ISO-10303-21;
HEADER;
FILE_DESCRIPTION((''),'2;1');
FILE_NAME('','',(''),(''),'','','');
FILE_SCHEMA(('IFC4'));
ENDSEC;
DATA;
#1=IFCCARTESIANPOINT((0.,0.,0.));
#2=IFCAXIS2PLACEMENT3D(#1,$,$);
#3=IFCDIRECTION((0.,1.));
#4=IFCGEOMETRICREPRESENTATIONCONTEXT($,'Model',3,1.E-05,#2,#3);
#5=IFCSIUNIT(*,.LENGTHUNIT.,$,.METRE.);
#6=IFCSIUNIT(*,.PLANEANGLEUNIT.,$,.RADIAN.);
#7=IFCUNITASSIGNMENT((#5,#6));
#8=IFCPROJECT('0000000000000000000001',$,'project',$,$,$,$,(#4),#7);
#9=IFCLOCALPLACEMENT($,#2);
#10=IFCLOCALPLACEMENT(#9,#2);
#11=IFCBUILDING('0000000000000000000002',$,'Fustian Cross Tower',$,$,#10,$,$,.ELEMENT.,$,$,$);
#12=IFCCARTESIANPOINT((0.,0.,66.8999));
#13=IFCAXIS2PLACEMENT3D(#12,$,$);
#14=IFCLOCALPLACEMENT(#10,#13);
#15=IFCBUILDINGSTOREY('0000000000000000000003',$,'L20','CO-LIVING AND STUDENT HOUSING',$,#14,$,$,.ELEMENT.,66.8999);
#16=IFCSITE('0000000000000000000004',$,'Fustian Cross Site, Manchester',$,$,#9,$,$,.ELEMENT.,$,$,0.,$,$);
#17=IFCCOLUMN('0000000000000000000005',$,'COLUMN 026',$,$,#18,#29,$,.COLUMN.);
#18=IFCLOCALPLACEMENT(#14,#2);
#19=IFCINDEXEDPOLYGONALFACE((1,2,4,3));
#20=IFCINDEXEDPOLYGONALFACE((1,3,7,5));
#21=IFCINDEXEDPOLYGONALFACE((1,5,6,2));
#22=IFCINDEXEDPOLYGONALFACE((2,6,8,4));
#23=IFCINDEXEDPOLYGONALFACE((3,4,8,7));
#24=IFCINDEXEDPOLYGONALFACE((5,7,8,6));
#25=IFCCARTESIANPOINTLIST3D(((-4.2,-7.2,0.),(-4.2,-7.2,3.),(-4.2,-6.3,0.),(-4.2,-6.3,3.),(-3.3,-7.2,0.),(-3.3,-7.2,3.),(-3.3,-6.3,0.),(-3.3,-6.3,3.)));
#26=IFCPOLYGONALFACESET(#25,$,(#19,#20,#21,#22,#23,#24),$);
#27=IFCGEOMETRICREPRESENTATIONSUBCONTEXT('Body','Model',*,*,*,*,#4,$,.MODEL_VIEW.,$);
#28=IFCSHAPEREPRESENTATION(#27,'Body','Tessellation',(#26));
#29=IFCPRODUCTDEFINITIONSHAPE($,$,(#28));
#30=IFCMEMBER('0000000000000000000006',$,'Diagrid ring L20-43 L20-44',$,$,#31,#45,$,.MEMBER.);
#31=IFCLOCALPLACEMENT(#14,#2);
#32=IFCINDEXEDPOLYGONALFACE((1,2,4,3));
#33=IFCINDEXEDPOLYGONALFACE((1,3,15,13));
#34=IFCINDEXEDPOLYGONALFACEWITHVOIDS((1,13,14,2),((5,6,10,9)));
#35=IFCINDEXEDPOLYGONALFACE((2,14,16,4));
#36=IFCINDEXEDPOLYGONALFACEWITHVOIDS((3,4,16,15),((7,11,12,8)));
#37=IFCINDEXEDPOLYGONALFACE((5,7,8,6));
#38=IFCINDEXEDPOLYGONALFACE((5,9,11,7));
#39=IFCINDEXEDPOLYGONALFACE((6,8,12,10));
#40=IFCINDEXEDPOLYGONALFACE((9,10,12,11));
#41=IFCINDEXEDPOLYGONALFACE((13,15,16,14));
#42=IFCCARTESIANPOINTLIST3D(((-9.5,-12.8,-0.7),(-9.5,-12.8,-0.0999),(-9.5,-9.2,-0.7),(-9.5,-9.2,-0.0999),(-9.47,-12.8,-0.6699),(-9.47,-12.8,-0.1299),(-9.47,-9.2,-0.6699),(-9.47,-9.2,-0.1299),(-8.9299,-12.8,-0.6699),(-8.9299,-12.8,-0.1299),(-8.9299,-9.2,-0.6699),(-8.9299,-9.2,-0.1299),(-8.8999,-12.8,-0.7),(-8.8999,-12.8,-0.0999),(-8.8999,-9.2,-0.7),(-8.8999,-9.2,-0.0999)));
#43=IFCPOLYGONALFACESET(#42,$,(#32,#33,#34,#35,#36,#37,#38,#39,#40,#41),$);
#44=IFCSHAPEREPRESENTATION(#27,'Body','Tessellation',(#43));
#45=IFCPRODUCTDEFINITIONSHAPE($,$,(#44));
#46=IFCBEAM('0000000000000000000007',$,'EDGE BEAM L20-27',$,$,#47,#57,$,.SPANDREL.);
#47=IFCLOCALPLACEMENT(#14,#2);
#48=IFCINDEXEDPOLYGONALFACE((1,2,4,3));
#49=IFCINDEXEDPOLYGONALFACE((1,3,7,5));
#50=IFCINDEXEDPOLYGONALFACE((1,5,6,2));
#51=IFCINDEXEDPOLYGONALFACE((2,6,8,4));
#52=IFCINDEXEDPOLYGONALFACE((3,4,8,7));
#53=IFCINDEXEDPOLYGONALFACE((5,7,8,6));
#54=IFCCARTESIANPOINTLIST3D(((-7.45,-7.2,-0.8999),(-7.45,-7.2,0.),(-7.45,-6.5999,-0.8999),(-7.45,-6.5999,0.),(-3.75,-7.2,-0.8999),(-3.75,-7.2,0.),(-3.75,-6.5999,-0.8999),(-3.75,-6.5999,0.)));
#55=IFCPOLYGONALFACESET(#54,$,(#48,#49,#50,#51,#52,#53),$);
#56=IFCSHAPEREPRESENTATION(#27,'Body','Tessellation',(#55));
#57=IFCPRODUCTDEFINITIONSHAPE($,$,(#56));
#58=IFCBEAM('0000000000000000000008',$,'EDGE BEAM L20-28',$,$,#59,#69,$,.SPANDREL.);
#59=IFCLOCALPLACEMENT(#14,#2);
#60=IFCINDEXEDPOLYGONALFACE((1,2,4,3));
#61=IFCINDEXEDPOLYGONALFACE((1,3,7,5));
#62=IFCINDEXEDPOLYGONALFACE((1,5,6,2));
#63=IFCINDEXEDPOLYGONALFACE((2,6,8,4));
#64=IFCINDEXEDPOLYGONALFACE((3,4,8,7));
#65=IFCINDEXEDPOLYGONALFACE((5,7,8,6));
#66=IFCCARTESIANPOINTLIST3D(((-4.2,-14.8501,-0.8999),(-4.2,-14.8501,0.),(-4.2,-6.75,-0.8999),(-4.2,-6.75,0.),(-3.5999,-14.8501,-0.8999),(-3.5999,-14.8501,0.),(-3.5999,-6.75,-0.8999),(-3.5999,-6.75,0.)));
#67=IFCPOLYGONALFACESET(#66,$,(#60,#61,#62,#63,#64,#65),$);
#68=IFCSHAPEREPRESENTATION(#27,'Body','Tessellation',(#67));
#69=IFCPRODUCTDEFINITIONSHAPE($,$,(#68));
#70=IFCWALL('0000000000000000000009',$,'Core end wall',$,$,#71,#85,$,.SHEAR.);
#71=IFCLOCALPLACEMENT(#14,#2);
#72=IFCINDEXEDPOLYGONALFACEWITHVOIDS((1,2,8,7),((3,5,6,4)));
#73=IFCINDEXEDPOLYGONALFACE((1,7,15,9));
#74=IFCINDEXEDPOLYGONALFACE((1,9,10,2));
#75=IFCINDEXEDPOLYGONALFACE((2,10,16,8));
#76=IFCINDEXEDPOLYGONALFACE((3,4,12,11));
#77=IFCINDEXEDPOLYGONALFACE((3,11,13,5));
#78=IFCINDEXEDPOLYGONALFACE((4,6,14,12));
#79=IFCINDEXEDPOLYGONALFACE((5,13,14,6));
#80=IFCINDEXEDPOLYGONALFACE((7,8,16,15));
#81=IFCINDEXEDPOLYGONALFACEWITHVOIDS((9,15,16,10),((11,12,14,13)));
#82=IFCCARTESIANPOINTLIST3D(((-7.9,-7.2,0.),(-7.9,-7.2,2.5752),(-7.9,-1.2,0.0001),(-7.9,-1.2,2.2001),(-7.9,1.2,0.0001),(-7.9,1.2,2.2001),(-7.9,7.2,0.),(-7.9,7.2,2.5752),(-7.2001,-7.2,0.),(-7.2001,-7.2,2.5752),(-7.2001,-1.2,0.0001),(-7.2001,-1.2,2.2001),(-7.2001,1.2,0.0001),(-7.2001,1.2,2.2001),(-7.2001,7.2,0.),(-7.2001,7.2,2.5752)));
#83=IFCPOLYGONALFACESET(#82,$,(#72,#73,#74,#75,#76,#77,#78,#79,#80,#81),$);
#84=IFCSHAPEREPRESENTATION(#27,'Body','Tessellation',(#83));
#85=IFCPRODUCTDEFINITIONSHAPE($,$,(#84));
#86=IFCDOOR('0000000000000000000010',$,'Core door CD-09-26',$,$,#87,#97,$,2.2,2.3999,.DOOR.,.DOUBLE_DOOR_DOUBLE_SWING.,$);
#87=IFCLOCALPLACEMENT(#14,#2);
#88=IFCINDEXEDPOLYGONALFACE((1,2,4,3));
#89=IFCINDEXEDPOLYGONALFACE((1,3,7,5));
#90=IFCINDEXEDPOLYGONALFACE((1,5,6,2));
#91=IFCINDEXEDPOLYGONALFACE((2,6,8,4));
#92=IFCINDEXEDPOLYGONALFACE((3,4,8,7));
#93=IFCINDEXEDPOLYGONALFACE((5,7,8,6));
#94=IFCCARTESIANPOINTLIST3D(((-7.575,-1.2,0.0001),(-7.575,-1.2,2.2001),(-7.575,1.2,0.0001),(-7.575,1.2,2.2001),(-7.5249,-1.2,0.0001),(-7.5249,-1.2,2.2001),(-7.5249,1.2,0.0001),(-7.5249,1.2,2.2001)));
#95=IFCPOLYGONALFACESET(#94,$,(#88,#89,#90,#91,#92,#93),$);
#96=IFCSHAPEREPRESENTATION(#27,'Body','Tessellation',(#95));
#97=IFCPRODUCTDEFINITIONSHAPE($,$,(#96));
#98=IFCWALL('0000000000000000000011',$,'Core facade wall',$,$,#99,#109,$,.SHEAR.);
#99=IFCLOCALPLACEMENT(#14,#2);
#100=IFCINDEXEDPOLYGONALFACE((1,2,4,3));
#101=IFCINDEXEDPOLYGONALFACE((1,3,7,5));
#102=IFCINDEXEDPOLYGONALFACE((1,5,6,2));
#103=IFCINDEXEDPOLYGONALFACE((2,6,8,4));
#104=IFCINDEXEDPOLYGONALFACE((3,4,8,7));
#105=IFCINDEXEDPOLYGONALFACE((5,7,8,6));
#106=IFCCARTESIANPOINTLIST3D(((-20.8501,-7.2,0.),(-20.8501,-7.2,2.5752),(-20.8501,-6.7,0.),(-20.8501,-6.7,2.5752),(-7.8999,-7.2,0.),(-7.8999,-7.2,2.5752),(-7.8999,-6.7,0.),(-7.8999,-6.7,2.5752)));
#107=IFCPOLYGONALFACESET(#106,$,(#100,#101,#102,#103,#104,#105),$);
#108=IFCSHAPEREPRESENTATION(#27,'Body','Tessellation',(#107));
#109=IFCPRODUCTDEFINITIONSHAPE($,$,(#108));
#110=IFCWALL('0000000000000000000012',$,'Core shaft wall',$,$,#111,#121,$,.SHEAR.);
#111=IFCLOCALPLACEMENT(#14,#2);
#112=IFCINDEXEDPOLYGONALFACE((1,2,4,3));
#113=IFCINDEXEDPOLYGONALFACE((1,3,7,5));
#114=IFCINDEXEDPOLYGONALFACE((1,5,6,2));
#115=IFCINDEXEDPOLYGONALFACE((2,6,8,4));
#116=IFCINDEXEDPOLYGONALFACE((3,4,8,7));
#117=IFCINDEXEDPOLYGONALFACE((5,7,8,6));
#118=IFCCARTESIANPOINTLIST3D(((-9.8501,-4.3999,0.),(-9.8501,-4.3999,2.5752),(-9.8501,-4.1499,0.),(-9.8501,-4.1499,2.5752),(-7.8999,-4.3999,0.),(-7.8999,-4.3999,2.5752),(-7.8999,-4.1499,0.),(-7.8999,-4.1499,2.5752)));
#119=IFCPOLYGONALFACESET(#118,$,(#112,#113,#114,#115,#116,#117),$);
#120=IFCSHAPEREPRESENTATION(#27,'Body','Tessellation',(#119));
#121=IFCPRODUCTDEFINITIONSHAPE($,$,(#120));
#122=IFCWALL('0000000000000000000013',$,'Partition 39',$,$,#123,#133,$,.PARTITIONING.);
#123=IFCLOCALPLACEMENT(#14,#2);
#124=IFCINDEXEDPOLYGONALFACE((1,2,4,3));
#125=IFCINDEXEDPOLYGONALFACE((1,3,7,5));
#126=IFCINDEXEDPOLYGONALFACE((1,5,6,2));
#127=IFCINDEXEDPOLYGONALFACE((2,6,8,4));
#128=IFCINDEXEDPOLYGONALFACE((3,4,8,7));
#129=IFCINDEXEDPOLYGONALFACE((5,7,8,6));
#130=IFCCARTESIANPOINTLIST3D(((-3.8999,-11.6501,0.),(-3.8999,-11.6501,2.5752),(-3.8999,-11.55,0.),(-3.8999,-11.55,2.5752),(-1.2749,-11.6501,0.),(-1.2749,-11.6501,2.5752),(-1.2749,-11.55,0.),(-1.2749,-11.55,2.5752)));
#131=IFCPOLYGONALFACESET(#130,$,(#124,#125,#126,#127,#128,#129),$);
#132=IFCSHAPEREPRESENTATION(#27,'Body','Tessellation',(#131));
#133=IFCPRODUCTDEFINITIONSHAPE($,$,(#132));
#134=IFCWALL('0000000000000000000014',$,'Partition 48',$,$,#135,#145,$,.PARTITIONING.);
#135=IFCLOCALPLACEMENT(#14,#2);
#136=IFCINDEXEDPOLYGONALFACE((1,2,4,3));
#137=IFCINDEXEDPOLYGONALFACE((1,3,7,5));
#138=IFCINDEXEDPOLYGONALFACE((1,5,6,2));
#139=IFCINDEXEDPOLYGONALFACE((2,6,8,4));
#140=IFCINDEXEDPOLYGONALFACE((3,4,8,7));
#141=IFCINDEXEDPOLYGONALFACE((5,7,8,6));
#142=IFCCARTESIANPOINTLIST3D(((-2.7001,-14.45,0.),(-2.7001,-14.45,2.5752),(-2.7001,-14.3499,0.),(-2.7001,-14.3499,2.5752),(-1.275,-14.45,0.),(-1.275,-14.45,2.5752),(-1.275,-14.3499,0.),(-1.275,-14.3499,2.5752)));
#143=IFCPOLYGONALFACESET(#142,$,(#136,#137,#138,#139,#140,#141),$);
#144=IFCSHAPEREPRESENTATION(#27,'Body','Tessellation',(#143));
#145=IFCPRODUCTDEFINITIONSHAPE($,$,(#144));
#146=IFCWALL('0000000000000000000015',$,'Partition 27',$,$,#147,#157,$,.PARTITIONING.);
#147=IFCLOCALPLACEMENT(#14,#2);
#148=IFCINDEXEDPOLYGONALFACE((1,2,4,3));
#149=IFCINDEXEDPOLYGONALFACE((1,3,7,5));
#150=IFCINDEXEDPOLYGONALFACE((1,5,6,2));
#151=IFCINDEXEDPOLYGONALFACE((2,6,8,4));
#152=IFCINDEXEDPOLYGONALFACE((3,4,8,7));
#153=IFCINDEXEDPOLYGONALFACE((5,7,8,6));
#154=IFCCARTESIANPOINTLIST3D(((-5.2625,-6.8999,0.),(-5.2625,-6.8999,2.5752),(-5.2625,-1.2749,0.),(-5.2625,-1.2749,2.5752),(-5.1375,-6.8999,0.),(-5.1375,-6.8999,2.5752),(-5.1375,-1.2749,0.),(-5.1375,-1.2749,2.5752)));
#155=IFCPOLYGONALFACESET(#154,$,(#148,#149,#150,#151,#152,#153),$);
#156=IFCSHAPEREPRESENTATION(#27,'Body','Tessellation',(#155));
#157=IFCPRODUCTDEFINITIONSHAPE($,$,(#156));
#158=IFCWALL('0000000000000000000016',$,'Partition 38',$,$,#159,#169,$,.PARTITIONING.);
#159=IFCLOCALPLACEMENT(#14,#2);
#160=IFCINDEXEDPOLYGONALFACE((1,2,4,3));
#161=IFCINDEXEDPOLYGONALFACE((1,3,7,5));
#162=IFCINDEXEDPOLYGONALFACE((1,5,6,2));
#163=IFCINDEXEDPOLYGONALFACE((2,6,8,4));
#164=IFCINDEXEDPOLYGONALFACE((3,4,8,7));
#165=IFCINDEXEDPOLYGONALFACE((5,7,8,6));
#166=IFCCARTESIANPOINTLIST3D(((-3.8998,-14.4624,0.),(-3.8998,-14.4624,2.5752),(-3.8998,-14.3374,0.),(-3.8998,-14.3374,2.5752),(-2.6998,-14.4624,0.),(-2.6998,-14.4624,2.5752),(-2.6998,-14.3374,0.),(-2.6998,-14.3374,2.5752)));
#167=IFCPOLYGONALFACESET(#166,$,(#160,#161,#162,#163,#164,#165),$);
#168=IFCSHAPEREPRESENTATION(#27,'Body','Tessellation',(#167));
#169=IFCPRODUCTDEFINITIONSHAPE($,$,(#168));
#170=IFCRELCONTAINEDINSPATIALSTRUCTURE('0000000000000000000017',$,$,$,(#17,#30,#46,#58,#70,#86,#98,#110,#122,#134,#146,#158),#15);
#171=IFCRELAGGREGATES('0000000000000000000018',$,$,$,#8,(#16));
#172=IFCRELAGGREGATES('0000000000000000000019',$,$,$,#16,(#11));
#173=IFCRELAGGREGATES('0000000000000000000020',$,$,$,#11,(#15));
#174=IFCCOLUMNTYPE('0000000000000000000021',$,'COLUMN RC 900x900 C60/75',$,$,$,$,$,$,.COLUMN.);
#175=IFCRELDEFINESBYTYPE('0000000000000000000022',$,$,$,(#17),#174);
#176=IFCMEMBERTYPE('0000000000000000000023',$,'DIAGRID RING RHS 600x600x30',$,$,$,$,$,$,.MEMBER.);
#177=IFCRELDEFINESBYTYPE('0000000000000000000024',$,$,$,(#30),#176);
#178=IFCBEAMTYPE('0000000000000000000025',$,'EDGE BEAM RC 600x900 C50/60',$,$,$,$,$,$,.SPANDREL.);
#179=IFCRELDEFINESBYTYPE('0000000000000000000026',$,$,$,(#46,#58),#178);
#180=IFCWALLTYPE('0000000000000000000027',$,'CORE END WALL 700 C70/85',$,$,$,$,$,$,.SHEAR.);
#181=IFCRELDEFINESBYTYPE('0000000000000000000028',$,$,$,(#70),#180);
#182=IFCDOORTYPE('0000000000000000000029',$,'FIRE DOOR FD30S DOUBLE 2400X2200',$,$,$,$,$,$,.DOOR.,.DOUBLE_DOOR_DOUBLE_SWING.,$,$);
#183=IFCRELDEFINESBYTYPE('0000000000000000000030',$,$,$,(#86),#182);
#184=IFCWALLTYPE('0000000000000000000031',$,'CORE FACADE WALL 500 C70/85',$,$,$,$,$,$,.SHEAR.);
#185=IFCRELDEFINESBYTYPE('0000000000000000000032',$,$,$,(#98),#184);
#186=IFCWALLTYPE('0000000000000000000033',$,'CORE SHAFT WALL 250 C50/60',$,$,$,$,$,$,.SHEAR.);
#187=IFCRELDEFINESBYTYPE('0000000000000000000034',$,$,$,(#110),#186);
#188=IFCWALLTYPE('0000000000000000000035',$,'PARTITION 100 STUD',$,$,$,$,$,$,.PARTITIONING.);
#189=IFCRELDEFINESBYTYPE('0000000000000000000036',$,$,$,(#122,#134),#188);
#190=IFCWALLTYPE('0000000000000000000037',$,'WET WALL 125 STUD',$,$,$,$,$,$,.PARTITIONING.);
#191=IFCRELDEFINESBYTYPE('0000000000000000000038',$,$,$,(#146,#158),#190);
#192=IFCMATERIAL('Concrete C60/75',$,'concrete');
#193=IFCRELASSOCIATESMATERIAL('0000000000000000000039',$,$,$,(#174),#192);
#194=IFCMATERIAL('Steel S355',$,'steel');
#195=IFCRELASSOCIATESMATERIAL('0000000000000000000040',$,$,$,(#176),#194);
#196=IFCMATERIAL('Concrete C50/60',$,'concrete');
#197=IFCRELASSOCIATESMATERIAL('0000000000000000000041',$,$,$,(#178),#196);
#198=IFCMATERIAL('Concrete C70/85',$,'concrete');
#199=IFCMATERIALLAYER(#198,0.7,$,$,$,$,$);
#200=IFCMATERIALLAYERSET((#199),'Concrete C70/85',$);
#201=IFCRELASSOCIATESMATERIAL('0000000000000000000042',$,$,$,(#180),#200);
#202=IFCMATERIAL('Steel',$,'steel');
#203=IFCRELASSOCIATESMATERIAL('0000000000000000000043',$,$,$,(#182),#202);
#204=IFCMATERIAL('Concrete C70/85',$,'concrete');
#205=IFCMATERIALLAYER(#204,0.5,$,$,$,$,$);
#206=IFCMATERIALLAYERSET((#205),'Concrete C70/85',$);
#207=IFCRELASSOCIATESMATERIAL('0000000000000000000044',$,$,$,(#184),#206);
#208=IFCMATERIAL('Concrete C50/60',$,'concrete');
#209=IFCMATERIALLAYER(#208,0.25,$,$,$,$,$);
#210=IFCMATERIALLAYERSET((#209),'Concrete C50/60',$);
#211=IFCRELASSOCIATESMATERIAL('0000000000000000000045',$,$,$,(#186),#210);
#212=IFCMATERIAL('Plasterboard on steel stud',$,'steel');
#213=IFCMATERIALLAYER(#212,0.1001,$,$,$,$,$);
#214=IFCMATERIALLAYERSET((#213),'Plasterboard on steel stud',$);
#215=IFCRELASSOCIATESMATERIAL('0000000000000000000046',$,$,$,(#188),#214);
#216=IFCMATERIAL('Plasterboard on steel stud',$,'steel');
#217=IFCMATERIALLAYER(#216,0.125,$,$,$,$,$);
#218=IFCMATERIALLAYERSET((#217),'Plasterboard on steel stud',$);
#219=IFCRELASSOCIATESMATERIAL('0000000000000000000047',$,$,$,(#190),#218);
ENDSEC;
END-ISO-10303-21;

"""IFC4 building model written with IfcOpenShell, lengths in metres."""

from ifc_helpers import new_model, si_unit, direction, frame, frame_2d, origin, origin_2d, place, context, subcontext, project, spatial, rectangle, hollow_rectangle, extrude, material, layer, layer_set, material_profile, profile_set, type_object, element, fill, save


model = new_model("IFC4")

# Units and contexts
model_context = context("Model", 3, precision=1e-05, world=origin(), true_north=direction((0.0, 1.0)))
body_context = subcontext(model_context, "Body", "Model", "MODEL_VIEW")
ifc_project = project(units=[si_unit("LENGTHUNIT", "METRE"), si_unit("PLANEANGLEUNIT", "RADIAN")], contexts=[model_context])

# Site, building, storey
site_placement = place(None, origin())
site = spatial("IfcSite", under=ifc_project, at=site_placement, Name="Fustian Cross Site, Manchester", CompositionType="ELEMENT", RefElevation=0.0)
building_placement = place(site_placement, origin())
building = spatial("IfcBuilding", under=site, at=building_placement, Name="Fustian Cross Tower", CompositionType="ELEMENT")
storey_placement = place(building_placement, frame((0.0, 0.0, 66.8999)))
storey = spatial("IfcBuildingStorey", under=building, at=storey_placement, Name="L20", Description="CO-LIVING AND STUDENT HOUSING", CompositionType="ELEMENT", Elevation=66.8999)

# Column
ifc_material_1 = material(Name="Concrete C60/75", Category="concrete")
ifc_material_profile_1 = material_profile(ifc_material_1, rectangle(XDim=0.8999, YDim=0.8999, at=origin_2d()), Name="RC 900x900")
ifc_profile_set_1 = profile_set([ifc_material_profile_1], Name="Concrete C60/75")
column_type = type_object("IfcColumnType", Name="COLUMN RC 900x900 C60/75", PredefinedType="COLUMN", material=ifc_profile_set_1)
column_placement = place(storey_placement, frame((-3.75, -6.75, 0.0), z_axis=(0.0, 0.0, 1.0), x_axis=(1.0, 0.0, 0.0)))
element("IfcColumn", 1, at=column_placement, inside=storey, type_object=column_type, Name="COLUMN 026", PredefinedType="COLUMN", context=body_context, shape_type="SweptSolid", body=[
    extrude(rectangle(XDim=0.8999, YDim=0.8999, at=origin_2d()), origin(), (0.0, 0.0, 1.0), 3.0),
])

# Member
ifc_material_2 = material(Name="Steel S355", Category="steel")
ifc_material_profile_2 = material_profile(ifc_material_2, hollow_rectangle(XDim=0.6001, YDim=0.6001, WallThickness=0.03, at=origin_2d()), Name="RHS 600x600x30")
ifc_profile_set_2 = profile_set([ifc_material_profile_2], Name="Steel S355")
member_type = type_object("IfcMemberType", Name="DIAGRID RING RHS 600x600x30", PredefinedType="MEMBER", material=ifc_profile_set_2)
member_placement = place(storey_placement, frame((-9.2, -9.2, -0.3999), z_axis=(0.0, -1.0, 0.0), x_axis=(1.0, 0.0, 0.0)))
element("IfcMember", 2, at=member_placement, inside=storey, type_object=member_type, Name="Diagrid ring L20-43 L20-44", PredefinedType="MEMBER", context=body_context, shape_type="SweptSolid", body=[
    extrude(hollow_rectangle(XDim=0.6001, YDim=0.6001, WallThickness=0.03, at=origin_2d()), origin(), (0.0, 0.0, 1.0), 3.6001),
])

# Beams
ifc_material_3 = material(Name="Concrete C50/60", Category="concrete")
ifc_material_profile_3 = material_profile(ifc_material_3, rectangle(XDim=0.6001, YDim=0.8999, at=origin_2d()), Name="RC 600x900")
ifc_profile_set_3 = profile_set([ifc_material_profile_3], Name="Concrete C50/60")
beam_type = type_object("IfcBeamType", Name="EDGE BEAM RC 600x900 C50/60", PredefinedType="SPANDREL", material=ifc_profile_set_3)
beam_1_placement = place(storey_placement, frame((-7.45, -6.8999, -0.45), z_axis=(1.0, 0.0, 0.0), x_axis=(0.0, 1.0, 0.0)))
element("IfcBeam", 3, at=beam_1_placement, inside=storey, type_object=beam_type, Name="EDGE BEAM L20-27", PredefinedType="SPANDREL", context=body_context, shape_type="SweptSolid", body=[
    extrude(rectangle(XDim=0.6001, YDim=0.8999, at=origin_2d()), origin(), (0.0, 0.0, 1.0), 3.7),
])
beam_2_placement = place(storey_placement, frame((-3.8999, -6.75, -0.45), z_axis=(0.0, -1.0, 0.0), x_axis=(1.0, 0.0, 0.0)))
element("IfcBeam", 4, at=beam_2_placement, inside=storey, type_object=beam_type, Name="EDGE BEAM L20-28", PredefinedType="SPANDREL", context=body_context, shape_type="SweptSolid", body=[
    extrude(rectangle(XDim=0.6001, YDim=0.8999, at=origin_2d()), origin(), (0.0, 0.0, 1.0), 8.1001),
])

# Wall, opening, door
ifc_material_4 = material(Name="Concrete C70/85", Category="concrete")
ifc_layer_1 = layer(ifc_material_4, 0.7)
ifc_layer_set_1 = layer_set([ifc_layer_1], Name="Concrete C70/85")
wall_type_1 = type_object("IfcWallType", Name="CORE END WALL 700 C70/85", PredefinedType="SHEAR", material=ifc_layer_set_1)
wall_1_placement = place(storey_placement, frame((-7.55, -7.2, 0.0), z_axis=(0.0, 0.0, 1.0), x_axis=(0.0, 1.0, 0.0)))
wall_1 = element("IfcWall", 5, at=wall_1_placement, inside=storey, type_object=wall_type_1, Name="Core end wall", PredefinedType="SHEAR", context=body_context, shape_type="SweptSolid", body=[
    extrude(rectangle(XDim=14.3999, YDim=0.7, at=frame_2d((7.2, 0.0))), origin(), (0.0, 0.0, 1.0), 2.5752),
])
opening_1_placement = place(wall_1_placement, frame((6.0, 0.0, 0.0)))
opening_1 = element("IfcOpeningElement", 6, at=opening_1_placement, cuts=wall_1, PredefinedType="OPENING", context=body_context, shape_type="SweptSolid", body=[
    extrude(rectangle(XDim=2.3999, YDim=2.2, at=frame_2d((1.2, 1.1001))), frame((0.0, 0.3599, 0.0), z_axis=(0.0, -1.0, 0.0), x_axis=(1.0, 0.0, 0.0)), (0.0, 0.0, 1.0), 0.72),
])
ifc_material_5 = material(Name="Steel", Category="steel")
door_type_1 = type_object("IfcDoorType", Name="FIRE DOOR FD30S DOUBLE 2400X2200", OperationType="DOUBLE_DOOR_DOUBLE_SWING", PredefinedType="DOOR", material=ifc_material_5)
door_1_placement = place(opening_1_placement, origin())
door_1 = element("IfcDoor", 7, at=door_1_placement, inside=storey, type_object=door_type_1, Name="Core door CD-09-26", OperationType="DOUBLE_DOOR_DOUBLE_SWING", OverallHeight=2.2, OverallWidth=2.3999, PredefinedType="DOOR", context=body_context, shape_type="SweptSolid", body=[
    extrude(rectangle(XDim=2.3999, YDim=2.2, at=frame_2d((1.2, 1.1001))), frame((0.0, 0.0249, 0.0), z_axis=(0.0, -1.0, 0.0), x_axis=(1.0, 0.0, 0.0)), (0.0, 0.0, 1.0), 0.05),
])
fill(opening_1, door_1)

# Walls
ifc_material_6 = material(Name="Concrete C70/85", Category="concrete")
ifc_layer_2 = layer(ifc_material_6, 0.5)
ifc_layer_set_2 = layer_set([ifc_layer_2], Name="Concrete C70/85")
wall_type_2 = type_object("IfcWallType", Name="CORE FACADE WALL 500 C70/85", PredefinedType="SHEAR", material=ifc_layer_set_2)
wall_2_placement = place(storey_placement, frame((-7.8999, -6.95, 0.0), z_axis=(0.0, 0.0, 1.0), x_axis=(-1.0, 0.0, 0.0)))
element("IfcWall", 8, at=wall_2_placement, inside=storey, type_object=wall_type_2, Name="Core facade wall", PredefinedType="SHEAR", context=body_context, shape_type="SweptSolid", body=[
    extrude(rectangle(XDim=12.9502, YDim=0.5, at=frame_2d((6.4751, 0.0))), origin(), (0.0, 0.0, 1.0), 2.5752),
])
ifc_material_7 = material(Name="Concrete C50/60", Category="concrete")
ifc_layer_3 = layer(ifc_material_7, 0.25)
ifc_layer_set_3 = layer_set([ifc_layer_3], Name="Concrete C50/60")
wall_type_3 = type_object("IfcWallType", Name="CORE SHAFT WALL 250 C50/60", PredefinedType="SHEAR", material=ifc_layer_set_3)
wall_3_placement = place(storey_placement, frame((-7.8999, -4.2749, 0.0), z_axis=(0.0, 0.0, 1.0), x_axis=(-1.0, 0.0, 0.0)))
element("IfcWall", 9, at=wall_3_placement, inside=storey, type_object=wall_type_3, Name="Core shaft wall", PredefinedType="SHEAR", context=body_context, shape_type="SweptSolid", body=[
    extrude(rectangle(XDim=1.9502, YDim=0.25, at=frame_2d((0.9751, 0.0))), origin(), (0.0, 0.0, 1.0), 2.5752),
])
ifc_material_8 = material(Name="Plasterboard on steel stud", Category="steel")
ifc_layer_4 = layer(ifc_material_8, 0.1001)
ifc_layer_set_4 = layer_set([ifc_layer_4], Name="Plasterboard on steel stud")
wall_type_4 = type_object("IfcWallType", Name="PARTITION 100 STUD", PredefinedType="PARTITIONING", material=ifc_layer_set_4)
wall_4_placement = place(storey_placement, frame((-3.8999, -11.6001, 0.0), z_axis=(0.0, 0.0, 1.0), x_axis=(1.0, 0.0, 0.0)))
element("IfcWall", 10, at=wall_4_placement, inside=storey, type_object=wall_type_4, Name="Partition 39", PredefinedType="PARTITIONING", context=body_context, shape_type="SweptSolid", body=[
    extrude(rectangle(XDim=2.625, YDim=0.1001, at=frame_2d((1.3125, 0.0))), origin(), (0.0, 0.0, 1.0), 2.5752),
])
wall_5_placement = place(storey_placement, frame((-2.7, -14.3999, 0.0), z_axis=(0.0, 0.0, 1.0), x_axis=(1.0, 0.0, 0.0)))
element("IfcWall", 11, at=wall_5_placement, inside=storey, type_object=wall_type_4, Name="Partition 48", PredefinedType="PARTITIONING", context=body_context, shape_type="SweptSolid", body=[
    extrude(rectangle(XDim=1.425, YDim=0.1001, at=frame_2d((0.7124, 0.0))), origin(), (0.0, 0.0, 1.0), 2.5752),
])
ifc_material_9 = material(Name="Plasterboard on steel stud", Category="steel")
ifc_layer_5 = layer(ifc_material_9, 0.125)
ifc_layer_set_5 = layer_set([ifc_layer_5], Name="Plasterboard on steel stud")
wall_type_5 = type_object("IfcWallType", Name="WET WALL 125 STUD", PredefinedType="PARTITIONING", material=ifc_layer_set_5)
wall_6_placement = place(storey_placement, frame((-5.2, -6.8999, 0.0), z_axis=(0.0, 0.0, 1.0), x_axis=(0.0, 1.0, 0.0)))
element("IfcWall", 12, at=wall_6_placement, inside=storey, type_object=wall_type_5, Name="Partition 27", PredefinedType="PARTITIONING", context=body_context, shape_type="SweptSolid", body=[
    extrude(rectangle(XDim=5.625, YDim=0.125, at=frame_2d((2.8125, 0.0))), origin(), (0.0, 0.0, 1.0), 2.5752),
])
wall_7_placement = place(storey_placement, frame((-3.8999, -14.3999, 0.0), z_axis=(0.0, 0.0, 1.0), x_axis=(1.0, 0.0, 0.0)))
element("IfcWall", 13, at=wall_7_placement, inside=storey, type_object=wall_type_5, Name="Partition 38", PredefinedType="PARTITIONING", context=body_context, shape_type="SweptSolid", body=[
    extrude(rectangle(XDim=1.2, YDim=0.125, at=frame_2d((0.6001, 0.0))), origin(), (0.0, 0.0, 1.0), 2.5752),
])

save(model, "model.ifc")
